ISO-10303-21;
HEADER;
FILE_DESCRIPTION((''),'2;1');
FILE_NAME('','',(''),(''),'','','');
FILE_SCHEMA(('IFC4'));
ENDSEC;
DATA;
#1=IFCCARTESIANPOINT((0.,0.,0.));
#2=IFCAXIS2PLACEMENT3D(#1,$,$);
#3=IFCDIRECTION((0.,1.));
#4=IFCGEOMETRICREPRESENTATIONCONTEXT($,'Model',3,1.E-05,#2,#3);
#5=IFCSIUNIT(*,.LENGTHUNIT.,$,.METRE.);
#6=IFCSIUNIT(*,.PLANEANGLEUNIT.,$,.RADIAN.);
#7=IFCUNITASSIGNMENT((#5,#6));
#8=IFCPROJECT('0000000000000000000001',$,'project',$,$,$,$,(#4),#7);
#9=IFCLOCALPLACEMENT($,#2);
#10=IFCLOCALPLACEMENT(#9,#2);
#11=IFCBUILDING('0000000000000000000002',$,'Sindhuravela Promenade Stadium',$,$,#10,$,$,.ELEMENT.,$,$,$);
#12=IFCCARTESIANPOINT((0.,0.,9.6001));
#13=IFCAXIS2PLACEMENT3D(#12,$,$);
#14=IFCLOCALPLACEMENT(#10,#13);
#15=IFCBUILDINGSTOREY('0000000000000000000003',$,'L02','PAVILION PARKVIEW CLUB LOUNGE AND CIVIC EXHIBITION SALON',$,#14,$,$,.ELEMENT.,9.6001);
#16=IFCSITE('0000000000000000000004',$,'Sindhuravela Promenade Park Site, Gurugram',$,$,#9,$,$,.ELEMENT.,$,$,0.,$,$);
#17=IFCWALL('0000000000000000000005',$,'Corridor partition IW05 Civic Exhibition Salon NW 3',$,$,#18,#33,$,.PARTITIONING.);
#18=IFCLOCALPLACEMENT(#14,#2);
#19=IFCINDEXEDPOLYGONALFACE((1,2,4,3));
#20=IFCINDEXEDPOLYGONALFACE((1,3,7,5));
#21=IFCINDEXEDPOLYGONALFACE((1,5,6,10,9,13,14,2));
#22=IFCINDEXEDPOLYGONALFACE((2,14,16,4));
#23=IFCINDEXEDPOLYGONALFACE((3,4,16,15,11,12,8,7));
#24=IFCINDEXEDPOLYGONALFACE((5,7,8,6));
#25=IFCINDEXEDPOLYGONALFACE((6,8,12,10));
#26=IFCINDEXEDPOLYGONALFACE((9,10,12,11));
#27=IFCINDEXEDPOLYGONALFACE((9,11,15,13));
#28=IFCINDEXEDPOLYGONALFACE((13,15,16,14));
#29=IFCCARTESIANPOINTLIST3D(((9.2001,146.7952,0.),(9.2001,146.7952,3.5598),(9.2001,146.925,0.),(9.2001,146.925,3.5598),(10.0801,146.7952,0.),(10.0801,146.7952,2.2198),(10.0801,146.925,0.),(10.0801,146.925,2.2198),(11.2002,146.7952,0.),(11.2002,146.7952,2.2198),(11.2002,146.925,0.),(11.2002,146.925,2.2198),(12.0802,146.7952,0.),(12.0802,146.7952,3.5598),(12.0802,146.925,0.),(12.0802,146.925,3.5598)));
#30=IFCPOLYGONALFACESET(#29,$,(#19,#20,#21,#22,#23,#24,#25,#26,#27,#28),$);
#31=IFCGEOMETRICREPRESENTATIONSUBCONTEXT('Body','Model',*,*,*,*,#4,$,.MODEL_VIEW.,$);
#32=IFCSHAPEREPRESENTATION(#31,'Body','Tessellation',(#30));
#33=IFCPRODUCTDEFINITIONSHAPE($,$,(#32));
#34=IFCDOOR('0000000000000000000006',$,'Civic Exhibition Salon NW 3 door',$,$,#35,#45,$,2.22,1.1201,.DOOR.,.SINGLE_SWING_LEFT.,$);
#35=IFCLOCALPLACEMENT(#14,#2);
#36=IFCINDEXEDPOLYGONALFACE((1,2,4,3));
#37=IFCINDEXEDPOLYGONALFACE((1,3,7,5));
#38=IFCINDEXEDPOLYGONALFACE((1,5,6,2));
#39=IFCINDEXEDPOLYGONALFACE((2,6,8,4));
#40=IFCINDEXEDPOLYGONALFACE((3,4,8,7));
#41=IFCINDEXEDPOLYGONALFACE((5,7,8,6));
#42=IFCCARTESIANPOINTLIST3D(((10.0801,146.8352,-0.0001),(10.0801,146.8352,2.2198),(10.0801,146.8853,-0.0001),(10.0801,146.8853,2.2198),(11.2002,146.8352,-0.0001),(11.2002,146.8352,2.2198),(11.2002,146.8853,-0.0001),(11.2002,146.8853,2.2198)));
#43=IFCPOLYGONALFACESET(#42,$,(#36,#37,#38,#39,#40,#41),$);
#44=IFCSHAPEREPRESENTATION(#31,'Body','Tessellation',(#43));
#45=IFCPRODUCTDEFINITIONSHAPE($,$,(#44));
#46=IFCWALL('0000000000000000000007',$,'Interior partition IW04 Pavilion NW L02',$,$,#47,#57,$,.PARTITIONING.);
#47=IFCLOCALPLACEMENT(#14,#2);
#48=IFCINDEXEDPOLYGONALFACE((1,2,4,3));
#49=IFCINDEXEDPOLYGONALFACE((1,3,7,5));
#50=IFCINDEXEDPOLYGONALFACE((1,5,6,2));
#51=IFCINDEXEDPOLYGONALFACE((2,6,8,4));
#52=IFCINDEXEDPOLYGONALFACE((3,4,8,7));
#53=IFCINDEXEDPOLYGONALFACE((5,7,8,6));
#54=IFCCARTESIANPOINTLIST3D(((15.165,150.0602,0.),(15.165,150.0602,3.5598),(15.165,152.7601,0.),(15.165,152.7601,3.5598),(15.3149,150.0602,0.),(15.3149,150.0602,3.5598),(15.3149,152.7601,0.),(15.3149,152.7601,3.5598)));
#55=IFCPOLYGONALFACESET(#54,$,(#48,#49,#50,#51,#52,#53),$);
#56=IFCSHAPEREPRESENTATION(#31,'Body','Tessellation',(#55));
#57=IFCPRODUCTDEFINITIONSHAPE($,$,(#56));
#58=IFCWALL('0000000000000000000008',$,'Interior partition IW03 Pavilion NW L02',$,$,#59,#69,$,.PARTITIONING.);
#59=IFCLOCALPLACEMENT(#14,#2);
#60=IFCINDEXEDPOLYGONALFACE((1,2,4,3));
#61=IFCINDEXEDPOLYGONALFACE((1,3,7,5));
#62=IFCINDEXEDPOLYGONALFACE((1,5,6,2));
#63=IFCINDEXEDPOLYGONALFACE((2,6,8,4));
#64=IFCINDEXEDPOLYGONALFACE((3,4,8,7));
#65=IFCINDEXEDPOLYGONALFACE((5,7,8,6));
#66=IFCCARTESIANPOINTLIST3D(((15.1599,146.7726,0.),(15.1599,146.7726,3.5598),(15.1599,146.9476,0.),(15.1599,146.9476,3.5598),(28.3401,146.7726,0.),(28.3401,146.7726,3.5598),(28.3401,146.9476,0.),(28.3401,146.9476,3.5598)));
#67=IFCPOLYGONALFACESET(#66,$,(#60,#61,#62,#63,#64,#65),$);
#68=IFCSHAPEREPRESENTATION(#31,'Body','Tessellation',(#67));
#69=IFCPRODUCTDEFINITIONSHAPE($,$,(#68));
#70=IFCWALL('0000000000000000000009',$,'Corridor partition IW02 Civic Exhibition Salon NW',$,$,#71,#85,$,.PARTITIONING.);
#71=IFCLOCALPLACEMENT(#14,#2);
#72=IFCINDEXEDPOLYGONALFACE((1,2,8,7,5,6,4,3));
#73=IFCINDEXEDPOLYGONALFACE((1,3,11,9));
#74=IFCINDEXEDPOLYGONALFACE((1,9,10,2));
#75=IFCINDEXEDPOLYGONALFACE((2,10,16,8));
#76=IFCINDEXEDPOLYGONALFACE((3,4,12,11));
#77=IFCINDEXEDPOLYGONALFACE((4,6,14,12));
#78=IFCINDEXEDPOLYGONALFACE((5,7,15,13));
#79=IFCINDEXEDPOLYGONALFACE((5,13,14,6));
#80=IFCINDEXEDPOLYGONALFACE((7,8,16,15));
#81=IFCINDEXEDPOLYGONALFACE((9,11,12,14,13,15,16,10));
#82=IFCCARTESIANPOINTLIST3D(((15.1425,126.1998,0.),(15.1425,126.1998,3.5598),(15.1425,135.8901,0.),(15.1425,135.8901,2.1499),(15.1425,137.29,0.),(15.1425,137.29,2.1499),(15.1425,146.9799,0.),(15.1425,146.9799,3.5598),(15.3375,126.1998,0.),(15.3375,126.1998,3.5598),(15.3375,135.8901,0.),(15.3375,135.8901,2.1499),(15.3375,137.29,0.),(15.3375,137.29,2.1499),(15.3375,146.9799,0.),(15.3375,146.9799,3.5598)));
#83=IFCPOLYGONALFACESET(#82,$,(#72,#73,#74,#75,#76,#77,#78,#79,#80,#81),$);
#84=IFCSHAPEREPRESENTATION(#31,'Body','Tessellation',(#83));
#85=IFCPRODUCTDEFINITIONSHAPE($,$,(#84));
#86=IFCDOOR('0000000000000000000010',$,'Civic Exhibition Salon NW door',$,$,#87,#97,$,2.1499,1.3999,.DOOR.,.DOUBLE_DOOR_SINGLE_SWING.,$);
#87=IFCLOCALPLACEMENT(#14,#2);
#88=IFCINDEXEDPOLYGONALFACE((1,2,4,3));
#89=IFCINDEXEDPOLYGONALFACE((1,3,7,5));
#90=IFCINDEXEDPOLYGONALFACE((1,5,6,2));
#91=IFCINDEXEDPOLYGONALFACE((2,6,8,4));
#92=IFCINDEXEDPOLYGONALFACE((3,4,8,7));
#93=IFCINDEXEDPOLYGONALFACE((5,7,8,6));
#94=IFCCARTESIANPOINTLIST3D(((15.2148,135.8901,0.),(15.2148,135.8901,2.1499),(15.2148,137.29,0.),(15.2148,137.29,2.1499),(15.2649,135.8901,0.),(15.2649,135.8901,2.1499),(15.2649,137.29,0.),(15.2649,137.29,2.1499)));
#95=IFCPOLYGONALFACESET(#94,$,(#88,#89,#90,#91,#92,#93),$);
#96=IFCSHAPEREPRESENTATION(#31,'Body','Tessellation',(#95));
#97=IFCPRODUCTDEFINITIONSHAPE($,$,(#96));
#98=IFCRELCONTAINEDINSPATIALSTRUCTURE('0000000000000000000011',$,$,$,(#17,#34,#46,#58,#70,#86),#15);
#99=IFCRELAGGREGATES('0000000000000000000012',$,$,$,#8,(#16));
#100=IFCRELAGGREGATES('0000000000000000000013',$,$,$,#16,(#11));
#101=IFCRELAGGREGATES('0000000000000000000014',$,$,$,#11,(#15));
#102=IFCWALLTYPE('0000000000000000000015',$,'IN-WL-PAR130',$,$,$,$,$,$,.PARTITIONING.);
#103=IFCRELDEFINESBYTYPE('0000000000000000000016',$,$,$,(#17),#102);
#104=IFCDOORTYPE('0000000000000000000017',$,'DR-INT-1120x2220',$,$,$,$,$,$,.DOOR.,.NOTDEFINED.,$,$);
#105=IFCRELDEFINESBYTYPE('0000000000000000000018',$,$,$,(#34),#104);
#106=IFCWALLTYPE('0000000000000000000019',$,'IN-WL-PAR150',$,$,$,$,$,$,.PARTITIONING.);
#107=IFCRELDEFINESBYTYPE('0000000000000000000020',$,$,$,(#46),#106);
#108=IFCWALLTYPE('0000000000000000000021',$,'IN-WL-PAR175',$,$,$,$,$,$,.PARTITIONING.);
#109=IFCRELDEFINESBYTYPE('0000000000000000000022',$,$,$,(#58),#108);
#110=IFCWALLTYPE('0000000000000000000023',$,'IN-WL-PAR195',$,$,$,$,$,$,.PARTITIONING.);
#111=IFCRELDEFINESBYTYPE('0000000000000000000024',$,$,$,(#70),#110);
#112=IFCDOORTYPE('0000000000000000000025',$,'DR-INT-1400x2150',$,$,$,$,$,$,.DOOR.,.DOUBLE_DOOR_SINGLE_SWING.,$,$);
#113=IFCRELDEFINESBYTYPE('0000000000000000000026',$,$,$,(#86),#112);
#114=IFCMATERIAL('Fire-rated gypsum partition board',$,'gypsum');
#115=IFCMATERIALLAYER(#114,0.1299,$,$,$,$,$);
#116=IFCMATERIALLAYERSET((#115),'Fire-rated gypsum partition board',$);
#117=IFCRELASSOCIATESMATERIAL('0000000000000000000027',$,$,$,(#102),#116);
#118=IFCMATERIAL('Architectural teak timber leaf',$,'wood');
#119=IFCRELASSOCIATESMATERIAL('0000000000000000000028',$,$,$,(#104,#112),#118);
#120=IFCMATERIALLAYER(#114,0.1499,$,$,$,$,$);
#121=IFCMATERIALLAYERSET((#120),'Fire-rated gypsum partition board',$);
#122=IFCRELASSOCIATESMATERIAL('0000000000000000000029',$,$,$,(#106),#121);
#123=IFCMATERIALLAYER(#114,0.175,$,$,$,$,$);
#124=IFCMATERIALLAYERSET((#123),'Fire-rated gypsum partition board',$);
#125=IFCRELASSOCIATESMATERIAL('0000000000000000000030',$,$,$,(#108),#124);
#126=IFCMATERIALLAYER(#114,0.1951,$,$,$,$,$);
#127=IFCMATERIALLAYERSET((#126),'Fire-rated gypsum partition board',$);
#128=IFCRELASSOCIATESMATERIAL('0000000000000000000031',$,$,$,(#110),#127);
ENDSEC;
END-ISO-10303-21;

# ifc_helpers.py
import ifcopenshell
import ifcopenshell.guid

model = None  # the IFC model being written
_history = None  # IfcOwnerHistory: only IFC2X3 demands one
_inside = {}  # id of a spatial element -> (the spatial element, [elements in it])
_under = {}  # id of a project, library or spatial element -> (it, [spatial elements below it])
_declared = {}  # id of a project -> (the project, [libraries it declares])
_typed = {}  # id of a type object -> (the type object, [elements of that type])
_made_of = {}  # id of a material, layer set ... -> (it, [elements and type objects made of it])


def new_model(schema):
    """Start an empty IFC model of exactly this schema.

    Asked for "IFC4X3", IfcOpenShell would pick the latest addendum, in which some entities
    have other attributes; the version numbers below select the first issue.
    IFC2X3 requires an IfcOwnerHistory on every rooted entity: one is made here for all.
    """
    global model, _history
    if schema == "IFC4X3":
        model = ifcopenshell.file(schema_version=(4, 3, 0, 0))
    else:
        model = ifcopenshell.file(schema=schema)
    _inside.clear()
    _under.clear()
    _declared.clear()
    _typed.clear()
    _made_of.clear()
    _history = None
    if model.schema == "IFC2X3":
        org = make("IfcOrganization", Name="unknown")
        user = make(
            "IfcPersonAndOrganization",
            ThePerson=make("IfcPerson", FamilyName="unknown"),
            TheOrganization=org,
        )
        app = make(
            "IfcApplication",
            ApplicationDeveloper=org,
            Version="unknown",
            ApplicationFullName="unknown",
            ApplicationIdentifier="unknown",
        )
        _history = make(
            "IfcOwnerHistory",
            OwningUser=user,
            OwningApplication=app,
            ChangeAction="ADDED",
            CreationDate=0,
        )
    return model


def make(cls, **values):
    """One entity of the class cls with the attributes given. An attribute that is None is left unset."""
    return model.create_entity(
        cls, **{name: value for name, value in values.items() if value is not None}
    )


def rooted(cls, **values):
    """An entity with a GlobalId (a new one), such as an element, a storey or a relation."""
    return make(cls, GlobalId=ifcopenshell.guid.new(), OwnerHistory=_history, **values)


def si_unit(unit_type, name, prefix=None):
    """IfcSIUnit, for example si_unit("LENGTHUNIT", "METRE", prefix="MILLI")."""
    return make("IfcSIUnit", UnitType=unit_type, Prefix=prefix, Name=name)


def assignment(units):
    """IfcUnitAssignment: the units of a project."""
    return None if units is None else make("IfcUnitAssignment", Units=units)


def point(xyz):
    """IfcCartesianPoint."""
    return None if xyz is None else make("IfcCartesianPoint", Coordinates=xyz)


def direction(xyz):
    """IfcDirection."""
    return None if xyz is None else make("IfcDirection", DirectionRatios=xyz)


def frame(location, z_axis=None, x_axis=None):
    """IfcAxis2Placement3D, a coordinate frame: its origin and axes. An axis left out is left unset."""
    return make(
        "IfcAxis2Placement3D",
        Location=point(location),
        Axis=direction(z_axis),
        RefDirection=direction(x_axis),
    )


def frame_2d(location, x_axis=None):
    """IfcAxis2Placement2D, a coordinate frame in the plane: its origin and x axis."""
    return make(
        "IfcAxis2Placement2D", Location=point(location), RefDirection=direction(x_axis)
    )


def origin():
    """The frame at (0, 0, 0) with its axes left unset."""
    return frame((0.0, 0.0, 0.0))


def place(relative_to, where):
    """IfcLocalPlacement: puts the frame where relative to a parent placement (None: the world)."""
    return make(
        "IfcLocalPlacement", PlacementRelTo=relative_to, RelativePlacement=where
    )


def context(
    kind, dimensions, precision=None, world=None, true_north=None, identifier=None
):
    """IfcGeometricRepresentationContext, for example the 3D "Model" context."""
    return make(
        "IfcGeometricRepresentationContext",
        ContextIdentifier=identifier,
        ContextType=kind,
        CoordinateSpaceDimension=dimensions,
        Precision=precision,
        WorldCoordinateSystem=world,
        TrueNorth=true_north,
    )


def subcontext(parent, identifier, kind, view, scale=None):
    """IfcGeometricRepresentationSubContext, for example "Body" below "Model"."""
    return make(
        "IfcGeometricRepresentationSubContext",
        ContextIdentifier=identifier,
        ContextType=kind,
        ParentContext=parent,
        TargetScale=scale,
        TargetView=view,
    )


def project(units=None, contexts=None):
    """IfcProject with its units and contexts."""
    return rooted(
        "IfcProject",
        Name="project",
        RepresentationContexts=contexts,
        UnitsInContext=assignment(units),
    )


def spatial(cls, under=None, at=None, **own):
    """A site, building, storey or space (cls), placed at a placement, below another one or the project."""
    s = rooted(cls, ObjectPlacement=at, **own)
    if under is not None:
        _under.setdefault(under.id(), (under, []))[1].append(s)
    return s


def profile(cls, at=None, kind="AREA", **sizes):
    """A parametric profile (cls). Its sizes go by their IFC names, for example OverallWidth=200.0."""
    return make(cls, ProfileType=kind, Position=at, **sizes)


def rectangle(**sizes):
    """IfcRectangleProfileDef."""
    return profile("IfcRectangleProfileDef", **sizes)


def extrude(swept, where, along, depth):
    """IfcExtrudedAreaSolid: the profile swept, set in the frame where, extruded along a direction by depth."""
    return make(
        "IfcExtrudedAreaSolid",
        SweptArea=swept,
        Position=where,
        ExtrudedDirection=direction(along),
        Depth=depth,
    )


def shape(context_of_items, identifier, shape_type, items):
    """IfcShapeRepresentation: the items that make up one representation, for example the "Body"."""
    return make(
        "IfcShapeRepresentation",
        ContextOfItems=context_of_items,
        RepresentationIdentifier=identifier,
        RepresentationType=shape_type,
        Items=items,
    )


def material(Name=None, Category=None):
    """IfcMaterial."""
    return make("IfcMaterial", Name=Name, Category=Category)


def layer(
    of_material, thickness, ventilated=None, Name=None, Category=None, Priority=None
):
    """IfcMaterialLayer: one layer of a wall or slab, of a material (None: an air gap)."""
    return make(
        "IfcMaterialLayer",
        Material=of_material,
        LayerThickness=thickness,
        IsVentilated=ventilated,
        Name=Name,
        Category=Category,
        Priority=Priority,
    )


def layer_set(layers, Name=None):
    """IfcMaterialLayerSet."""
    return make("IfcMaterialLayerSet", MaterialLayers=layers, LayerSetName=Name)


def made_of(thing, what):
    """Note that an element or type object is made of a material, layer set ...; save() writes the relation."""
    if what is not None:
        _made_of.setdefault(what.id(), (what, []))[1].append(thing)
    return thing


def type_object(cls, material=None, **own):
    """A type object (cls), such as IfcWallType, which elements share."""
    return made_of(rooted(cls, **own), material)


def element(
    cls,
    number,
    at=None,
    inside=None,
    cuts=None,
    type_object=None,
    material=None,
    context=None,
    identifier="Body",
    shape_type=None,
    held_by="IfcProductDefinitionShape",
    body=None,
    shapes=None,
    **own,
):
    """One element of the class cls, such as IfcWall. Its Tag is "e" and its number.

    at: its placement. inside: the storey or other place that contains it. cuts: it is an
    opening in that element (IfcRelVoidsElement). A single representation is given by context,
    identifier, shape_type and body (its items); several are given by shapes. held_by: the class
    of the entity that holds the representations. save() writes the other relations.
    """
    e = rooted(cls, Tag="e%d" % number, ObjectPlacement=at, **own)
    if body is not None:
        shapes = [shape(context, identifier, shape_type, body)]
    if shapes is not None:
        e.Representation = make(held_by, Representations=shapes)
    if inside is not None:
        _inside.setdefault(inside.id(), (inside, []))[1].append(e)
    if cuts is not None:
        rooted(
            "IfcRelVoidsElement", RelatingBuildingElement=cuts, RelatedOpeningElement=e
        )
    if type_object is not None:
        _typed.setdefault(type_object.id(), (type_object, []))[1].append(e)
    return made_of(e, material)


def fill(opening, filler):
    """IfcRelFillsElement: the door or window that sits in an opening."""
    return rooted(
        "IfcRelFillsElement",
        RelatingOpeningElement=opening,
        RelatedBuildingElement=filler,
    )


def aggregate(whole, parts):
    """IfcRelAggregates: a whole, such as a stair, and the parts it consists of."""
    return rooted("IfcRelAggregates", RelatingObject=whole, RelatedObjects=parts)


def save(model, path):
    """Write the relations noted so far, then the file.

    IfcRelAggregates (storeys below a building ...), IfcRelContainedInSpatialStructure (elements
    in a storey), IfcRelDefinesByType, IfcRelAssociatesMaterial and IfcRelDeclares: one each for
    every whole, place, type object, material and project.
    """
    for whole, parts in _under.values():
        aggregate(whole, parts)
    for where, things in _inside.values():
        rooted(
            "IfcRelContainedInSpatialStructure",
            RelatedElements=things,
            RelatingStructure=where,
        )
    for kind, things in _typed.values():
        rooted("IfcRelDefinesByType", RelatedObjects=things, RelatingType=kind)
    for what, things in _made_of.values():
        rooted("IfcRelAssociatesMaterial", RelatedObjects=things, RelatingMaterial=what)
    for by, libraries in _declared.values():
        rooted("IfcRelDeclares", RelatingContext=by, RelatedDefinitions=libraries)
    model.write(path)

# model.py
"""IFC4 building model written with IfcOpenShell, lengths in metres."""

from ifc_helpers import new_model, si_unit, direction, frame, frame_2d, origin, place, context, subcontext, project, spatial, rectangle, extrude, material, layer, layer_set, type_object, element, fill, save


model = new_model("IFC4")

# Units and contexts
model_context = context("Model", 3, precision=1e-05, world=origin(), true_north=direction((0.0, 1.0)))
body_context = subcontext(model_context, "Body", "Model", "MODEL_VIEW")
ifc_project = project(units=[si_unit("LENGTHUNIT", "METRE"), si_unit("PLANEANGLEUNIT", "RADIAN")], contexts=[model_context])

# Site, building, storey
site_placement = place(None, origin())
site = spatial("IfcSite", under=ifc_project, at=site_placement, Name="Sindhuravela Promenade Park Site, Gurugram", CompositionType="ELEMENT", RefElevation=0.0)
building_placement = place(site_placement, origin())
building = spatial("IfcBuilding", under=site, at=building_placement, Name="Sindhuravela Promenade Stadium", CompositionType="ELEMENT")
storey_placement = place(building_placement, frame((0.0, 0.0, 9.6001)))
storey = spatial("IfcBuildingStorey", under=building, at=storey_placement, Name="L02", Description="PAVILION PARKVIEW CLUB LOUNGE AND CIVIC EXHIBITION SALON", CompositionType="ELEMENT", Elevation=9.6001)

# Shared definitions
ifc_material_1 = material(Name="Fire-rated gypsum partition board", Category="gypsum")

# Wall, opening, door
ifc_layer_1 = layer(ifc_material_1, 0.1299)
ifc_layer_set_1 = layer_set([ifc_layer_1], Name="Fire-rated gypsum partition board")
wall_type_1 = type_object("IfcWallType", Name="IN-WL-PAR130", PredefinedType="PARTITIONING", material=ifc_layer_set_1)
wall_1_placement = place(storey_placement, frame((12.0801, 146.8601, 0.0), z_axis=(0.0, 0.0, 1.0), x_axis=(-1.0, 0.0, 0.0)))
wall_1 = element("IfcWall", 1, at=wall_1_placement, inside=storey, type_object=wall_type_1, Name="Corridor partition IW05 Civic Exhibition Salon NW 3", PredefinedType="PARTITIONING", context=body_context, shape_type="SweptSolid", body=[
    extrude(rectangle(XDim=2.8801, YDim=0.1299, at=frame_2d((1.4399, 0.0))), origin(), (0.0, 0.0, 1.0), 3.5598),
])
opening_1_placement = place(wall_1_placement, frame((0.8799, 0.0, 0.0)))
opening_1 = element("IfcOpeningElement", 2, at=opening_1_placement, cuts=wall_1, PredefinedType="OPENING", context=body_context, shape_type="SweptSolid", body=[
    extrude(rectangle(XDim=1.1201, YDim=2.22, at=frame_2d((0.5601, 1.1099))), frame((0.0, 0.075, 0.0), z_axis=(0.0, -1.0, 0.0), x_axis=(1.0, 0.0, 0.0)), (0.0, 0.0, 1.0), 0.1499),
])
ifc_material_2 = material(Name="Architectural teak timber leaf", Category="wood")
door_type_1 = type_object("IfcDoorType", Name="DR-INT-1120x2220", OperationType="NOTDEFINED", PredefinedType="DOOR", material=ifc_material_2)
door_1_placement = place(opening_1_placement, origin())
door_1 = element("IfcDoor", 3, at=door_1_placement, inside=storey, type_object=door_type_1, Name="Civic Exhibition Salon NW 3 door", OperationType="SINGLE_SWING_LEFT", OverallHeight=2.22, OverallWidth=1.1201, PredefinedType="DOOR", context=body_context, shape_type="SweptSolid", body=[
    extrude(rectangle(XDim=1.1201, YDim=2.22, at=frame_2d((0.5601, 1.1099))), frame((0.0, 0.0249, 0.0), z_axis=(0.0, -1.0, 0.0), x_axis=(1.0, 0.0, 0.0)), (0.0, 0.0, 1.0), 0.05),
])
fill(opening_1, door_1)

# Walls
ifc_layer_2 = layer(ifc_material_1, 0.1499)
ifc_layer_set_2 = layer_set([ifc_layer_2], Name="Fire-rated gypsum partition board")
wall_type_2 = type_object("IfcWallType", Name="IN-WL-PAR150", PredefinedType="PARTITIONING", material=ifc_layer_set_2)
wall_2_placement = place(storey_placement, frame((15.24, 150.0601, 0.0), z_axis=(0.0, 0.0, 1.0), x_axis=(0.0, 1.0, 0.0)))
element("IfcWall", 4, at=wall_2_placement, inside=storey, type_object=wall_type_2, Name="Interior partition IW04 Pavilion NW L02", PredefinedType="PARTITIONING", context=body_context, shape_type="SweptSolid", body=[
    extrude(rectangle(XDim=2.7, YDim=0.1499, at=frame_2d((1.3501, 0.0))), origin(), (0.0, 0.0, 1.0), 3.5598),
])
ifc_layer_3 = layer(ifc_material_1, 0.175)
ifc_layer_set_3 = layer_set([ifc_layer_3], Name="Fire-rated gypsum partition board")
wall_type_3 = type_object("IfcWallType", Name="IN-WL-PAR175", PredefinedType="PARTITIONING", material=ifc_layer_set_3)
wall_3_placement = place(storey_placement, frame((15.1599, 146.8601, 0.0), z_axis=(0.0, 0.0, 1.0), x_axis=(1.0, 0.0, 0.0)))
element("IfcWall", 5, at=wall_3_placement, inside=storey, type_object=wall_type_3, Name="Interior partition IW03 Pavilion NW L02", PredefinedType="PARTITIONING", context=body_context, shape_type="SweptSolid", body=[
    extrude(rectangle(XDim=13.1802, YDim=0.175, at=frame_2d((6.5901, 0.0))), origin(), (0.0, 0.0, 1.0), 3.5598),
])

# Wall, opening, door
ifc_layer_4 = layer(ifc_material_1, 0.1951)
ifc_layer_set_4 = layer_set([ifc_layer_4], Name="Fire-rated gypsum partition board")
wall_type_4 = type_object("IfcWallType", Name="IN-WL-PAR195", PredefinedType="PARTITIONING", material=ifc_layer_set_4)
wall_4_placement = place(storey_placement, frame((15.24, 146.98, 0.0), z_axis=(0.0, 0.0, 1.0), x_axis=(0.0, -1.0, 0.0)))
wall_4 = element("IfcWall", 6, at=wall_4_placement, inside=storey, type_object=wall_type_4, Name="Corridor partition IW02 Civic Exhibition Salon NW", PredefinedType="PARTITIONING", context=body_context, shape_type="SweptSolid", body=[
    extrude(rectangle(XDim=20.78, YDim=0.1951, at=frame_2d((10.3901, 0.0))), origin(), (0.0, 0.0, 1.0), 3.5598),
])
opening_2_placement = place(wall_4_placement, frame((9.6899, 0.0, 0.0)))
opening_2 = element("IfcOpeningElement", 7, at=opening_2_placement, cuts=wall_4, PredefinedType="OPENING", context=body_context, shape_type="SweptSolid", body=[
    extrude(rectangle(XDim=1.3999, YDim=2.1499, at=frame_2d((0.7, 1.075))), frame((0.0, 0.1074, 0.0), z_axis=(0.0, -1.0, 0.0), x_axis=(1.0, 0.0, 0.0)), (0.0, 0.0, 1.0), 0.2151),
])
door_type_2 = type_object("IfcDoorType", Name="DR-INT-1400x2150", OperationType="DOUBLE_DOOR_SINGLE_SWING", PredefinedType="DOOR", material=ifc_material_2)
door_2_placement = place(opening_2_placement, origin())
door_2 = element("IfcDoor", 8, at=door_2_placement, inside=storey, type_object=door_type_2, Name="Civic Exhibition Salon NW door", OperationType="DOUBLE_DOOR_SINGLE_SWING", OverallHeight=2.1499, OverallWidth=1.3999, PredefinedType="DOOR", context=body_context, shape_type="SweptSolid", body=[
    extrude(rectangle(XDim=1.3999, YDim=2.1499, at=frame_2d((0.7, 1.075))), frame((0.0, 0.0249, 0.0), z_axis=(0.0, -1.0, 0.0), x_axis=(1.0, 0.0, 0.0)), (0.0, 0.0, 1.0), 0.05),
])
fill(opening_2, door_2)

save(model, "model.ifc")
